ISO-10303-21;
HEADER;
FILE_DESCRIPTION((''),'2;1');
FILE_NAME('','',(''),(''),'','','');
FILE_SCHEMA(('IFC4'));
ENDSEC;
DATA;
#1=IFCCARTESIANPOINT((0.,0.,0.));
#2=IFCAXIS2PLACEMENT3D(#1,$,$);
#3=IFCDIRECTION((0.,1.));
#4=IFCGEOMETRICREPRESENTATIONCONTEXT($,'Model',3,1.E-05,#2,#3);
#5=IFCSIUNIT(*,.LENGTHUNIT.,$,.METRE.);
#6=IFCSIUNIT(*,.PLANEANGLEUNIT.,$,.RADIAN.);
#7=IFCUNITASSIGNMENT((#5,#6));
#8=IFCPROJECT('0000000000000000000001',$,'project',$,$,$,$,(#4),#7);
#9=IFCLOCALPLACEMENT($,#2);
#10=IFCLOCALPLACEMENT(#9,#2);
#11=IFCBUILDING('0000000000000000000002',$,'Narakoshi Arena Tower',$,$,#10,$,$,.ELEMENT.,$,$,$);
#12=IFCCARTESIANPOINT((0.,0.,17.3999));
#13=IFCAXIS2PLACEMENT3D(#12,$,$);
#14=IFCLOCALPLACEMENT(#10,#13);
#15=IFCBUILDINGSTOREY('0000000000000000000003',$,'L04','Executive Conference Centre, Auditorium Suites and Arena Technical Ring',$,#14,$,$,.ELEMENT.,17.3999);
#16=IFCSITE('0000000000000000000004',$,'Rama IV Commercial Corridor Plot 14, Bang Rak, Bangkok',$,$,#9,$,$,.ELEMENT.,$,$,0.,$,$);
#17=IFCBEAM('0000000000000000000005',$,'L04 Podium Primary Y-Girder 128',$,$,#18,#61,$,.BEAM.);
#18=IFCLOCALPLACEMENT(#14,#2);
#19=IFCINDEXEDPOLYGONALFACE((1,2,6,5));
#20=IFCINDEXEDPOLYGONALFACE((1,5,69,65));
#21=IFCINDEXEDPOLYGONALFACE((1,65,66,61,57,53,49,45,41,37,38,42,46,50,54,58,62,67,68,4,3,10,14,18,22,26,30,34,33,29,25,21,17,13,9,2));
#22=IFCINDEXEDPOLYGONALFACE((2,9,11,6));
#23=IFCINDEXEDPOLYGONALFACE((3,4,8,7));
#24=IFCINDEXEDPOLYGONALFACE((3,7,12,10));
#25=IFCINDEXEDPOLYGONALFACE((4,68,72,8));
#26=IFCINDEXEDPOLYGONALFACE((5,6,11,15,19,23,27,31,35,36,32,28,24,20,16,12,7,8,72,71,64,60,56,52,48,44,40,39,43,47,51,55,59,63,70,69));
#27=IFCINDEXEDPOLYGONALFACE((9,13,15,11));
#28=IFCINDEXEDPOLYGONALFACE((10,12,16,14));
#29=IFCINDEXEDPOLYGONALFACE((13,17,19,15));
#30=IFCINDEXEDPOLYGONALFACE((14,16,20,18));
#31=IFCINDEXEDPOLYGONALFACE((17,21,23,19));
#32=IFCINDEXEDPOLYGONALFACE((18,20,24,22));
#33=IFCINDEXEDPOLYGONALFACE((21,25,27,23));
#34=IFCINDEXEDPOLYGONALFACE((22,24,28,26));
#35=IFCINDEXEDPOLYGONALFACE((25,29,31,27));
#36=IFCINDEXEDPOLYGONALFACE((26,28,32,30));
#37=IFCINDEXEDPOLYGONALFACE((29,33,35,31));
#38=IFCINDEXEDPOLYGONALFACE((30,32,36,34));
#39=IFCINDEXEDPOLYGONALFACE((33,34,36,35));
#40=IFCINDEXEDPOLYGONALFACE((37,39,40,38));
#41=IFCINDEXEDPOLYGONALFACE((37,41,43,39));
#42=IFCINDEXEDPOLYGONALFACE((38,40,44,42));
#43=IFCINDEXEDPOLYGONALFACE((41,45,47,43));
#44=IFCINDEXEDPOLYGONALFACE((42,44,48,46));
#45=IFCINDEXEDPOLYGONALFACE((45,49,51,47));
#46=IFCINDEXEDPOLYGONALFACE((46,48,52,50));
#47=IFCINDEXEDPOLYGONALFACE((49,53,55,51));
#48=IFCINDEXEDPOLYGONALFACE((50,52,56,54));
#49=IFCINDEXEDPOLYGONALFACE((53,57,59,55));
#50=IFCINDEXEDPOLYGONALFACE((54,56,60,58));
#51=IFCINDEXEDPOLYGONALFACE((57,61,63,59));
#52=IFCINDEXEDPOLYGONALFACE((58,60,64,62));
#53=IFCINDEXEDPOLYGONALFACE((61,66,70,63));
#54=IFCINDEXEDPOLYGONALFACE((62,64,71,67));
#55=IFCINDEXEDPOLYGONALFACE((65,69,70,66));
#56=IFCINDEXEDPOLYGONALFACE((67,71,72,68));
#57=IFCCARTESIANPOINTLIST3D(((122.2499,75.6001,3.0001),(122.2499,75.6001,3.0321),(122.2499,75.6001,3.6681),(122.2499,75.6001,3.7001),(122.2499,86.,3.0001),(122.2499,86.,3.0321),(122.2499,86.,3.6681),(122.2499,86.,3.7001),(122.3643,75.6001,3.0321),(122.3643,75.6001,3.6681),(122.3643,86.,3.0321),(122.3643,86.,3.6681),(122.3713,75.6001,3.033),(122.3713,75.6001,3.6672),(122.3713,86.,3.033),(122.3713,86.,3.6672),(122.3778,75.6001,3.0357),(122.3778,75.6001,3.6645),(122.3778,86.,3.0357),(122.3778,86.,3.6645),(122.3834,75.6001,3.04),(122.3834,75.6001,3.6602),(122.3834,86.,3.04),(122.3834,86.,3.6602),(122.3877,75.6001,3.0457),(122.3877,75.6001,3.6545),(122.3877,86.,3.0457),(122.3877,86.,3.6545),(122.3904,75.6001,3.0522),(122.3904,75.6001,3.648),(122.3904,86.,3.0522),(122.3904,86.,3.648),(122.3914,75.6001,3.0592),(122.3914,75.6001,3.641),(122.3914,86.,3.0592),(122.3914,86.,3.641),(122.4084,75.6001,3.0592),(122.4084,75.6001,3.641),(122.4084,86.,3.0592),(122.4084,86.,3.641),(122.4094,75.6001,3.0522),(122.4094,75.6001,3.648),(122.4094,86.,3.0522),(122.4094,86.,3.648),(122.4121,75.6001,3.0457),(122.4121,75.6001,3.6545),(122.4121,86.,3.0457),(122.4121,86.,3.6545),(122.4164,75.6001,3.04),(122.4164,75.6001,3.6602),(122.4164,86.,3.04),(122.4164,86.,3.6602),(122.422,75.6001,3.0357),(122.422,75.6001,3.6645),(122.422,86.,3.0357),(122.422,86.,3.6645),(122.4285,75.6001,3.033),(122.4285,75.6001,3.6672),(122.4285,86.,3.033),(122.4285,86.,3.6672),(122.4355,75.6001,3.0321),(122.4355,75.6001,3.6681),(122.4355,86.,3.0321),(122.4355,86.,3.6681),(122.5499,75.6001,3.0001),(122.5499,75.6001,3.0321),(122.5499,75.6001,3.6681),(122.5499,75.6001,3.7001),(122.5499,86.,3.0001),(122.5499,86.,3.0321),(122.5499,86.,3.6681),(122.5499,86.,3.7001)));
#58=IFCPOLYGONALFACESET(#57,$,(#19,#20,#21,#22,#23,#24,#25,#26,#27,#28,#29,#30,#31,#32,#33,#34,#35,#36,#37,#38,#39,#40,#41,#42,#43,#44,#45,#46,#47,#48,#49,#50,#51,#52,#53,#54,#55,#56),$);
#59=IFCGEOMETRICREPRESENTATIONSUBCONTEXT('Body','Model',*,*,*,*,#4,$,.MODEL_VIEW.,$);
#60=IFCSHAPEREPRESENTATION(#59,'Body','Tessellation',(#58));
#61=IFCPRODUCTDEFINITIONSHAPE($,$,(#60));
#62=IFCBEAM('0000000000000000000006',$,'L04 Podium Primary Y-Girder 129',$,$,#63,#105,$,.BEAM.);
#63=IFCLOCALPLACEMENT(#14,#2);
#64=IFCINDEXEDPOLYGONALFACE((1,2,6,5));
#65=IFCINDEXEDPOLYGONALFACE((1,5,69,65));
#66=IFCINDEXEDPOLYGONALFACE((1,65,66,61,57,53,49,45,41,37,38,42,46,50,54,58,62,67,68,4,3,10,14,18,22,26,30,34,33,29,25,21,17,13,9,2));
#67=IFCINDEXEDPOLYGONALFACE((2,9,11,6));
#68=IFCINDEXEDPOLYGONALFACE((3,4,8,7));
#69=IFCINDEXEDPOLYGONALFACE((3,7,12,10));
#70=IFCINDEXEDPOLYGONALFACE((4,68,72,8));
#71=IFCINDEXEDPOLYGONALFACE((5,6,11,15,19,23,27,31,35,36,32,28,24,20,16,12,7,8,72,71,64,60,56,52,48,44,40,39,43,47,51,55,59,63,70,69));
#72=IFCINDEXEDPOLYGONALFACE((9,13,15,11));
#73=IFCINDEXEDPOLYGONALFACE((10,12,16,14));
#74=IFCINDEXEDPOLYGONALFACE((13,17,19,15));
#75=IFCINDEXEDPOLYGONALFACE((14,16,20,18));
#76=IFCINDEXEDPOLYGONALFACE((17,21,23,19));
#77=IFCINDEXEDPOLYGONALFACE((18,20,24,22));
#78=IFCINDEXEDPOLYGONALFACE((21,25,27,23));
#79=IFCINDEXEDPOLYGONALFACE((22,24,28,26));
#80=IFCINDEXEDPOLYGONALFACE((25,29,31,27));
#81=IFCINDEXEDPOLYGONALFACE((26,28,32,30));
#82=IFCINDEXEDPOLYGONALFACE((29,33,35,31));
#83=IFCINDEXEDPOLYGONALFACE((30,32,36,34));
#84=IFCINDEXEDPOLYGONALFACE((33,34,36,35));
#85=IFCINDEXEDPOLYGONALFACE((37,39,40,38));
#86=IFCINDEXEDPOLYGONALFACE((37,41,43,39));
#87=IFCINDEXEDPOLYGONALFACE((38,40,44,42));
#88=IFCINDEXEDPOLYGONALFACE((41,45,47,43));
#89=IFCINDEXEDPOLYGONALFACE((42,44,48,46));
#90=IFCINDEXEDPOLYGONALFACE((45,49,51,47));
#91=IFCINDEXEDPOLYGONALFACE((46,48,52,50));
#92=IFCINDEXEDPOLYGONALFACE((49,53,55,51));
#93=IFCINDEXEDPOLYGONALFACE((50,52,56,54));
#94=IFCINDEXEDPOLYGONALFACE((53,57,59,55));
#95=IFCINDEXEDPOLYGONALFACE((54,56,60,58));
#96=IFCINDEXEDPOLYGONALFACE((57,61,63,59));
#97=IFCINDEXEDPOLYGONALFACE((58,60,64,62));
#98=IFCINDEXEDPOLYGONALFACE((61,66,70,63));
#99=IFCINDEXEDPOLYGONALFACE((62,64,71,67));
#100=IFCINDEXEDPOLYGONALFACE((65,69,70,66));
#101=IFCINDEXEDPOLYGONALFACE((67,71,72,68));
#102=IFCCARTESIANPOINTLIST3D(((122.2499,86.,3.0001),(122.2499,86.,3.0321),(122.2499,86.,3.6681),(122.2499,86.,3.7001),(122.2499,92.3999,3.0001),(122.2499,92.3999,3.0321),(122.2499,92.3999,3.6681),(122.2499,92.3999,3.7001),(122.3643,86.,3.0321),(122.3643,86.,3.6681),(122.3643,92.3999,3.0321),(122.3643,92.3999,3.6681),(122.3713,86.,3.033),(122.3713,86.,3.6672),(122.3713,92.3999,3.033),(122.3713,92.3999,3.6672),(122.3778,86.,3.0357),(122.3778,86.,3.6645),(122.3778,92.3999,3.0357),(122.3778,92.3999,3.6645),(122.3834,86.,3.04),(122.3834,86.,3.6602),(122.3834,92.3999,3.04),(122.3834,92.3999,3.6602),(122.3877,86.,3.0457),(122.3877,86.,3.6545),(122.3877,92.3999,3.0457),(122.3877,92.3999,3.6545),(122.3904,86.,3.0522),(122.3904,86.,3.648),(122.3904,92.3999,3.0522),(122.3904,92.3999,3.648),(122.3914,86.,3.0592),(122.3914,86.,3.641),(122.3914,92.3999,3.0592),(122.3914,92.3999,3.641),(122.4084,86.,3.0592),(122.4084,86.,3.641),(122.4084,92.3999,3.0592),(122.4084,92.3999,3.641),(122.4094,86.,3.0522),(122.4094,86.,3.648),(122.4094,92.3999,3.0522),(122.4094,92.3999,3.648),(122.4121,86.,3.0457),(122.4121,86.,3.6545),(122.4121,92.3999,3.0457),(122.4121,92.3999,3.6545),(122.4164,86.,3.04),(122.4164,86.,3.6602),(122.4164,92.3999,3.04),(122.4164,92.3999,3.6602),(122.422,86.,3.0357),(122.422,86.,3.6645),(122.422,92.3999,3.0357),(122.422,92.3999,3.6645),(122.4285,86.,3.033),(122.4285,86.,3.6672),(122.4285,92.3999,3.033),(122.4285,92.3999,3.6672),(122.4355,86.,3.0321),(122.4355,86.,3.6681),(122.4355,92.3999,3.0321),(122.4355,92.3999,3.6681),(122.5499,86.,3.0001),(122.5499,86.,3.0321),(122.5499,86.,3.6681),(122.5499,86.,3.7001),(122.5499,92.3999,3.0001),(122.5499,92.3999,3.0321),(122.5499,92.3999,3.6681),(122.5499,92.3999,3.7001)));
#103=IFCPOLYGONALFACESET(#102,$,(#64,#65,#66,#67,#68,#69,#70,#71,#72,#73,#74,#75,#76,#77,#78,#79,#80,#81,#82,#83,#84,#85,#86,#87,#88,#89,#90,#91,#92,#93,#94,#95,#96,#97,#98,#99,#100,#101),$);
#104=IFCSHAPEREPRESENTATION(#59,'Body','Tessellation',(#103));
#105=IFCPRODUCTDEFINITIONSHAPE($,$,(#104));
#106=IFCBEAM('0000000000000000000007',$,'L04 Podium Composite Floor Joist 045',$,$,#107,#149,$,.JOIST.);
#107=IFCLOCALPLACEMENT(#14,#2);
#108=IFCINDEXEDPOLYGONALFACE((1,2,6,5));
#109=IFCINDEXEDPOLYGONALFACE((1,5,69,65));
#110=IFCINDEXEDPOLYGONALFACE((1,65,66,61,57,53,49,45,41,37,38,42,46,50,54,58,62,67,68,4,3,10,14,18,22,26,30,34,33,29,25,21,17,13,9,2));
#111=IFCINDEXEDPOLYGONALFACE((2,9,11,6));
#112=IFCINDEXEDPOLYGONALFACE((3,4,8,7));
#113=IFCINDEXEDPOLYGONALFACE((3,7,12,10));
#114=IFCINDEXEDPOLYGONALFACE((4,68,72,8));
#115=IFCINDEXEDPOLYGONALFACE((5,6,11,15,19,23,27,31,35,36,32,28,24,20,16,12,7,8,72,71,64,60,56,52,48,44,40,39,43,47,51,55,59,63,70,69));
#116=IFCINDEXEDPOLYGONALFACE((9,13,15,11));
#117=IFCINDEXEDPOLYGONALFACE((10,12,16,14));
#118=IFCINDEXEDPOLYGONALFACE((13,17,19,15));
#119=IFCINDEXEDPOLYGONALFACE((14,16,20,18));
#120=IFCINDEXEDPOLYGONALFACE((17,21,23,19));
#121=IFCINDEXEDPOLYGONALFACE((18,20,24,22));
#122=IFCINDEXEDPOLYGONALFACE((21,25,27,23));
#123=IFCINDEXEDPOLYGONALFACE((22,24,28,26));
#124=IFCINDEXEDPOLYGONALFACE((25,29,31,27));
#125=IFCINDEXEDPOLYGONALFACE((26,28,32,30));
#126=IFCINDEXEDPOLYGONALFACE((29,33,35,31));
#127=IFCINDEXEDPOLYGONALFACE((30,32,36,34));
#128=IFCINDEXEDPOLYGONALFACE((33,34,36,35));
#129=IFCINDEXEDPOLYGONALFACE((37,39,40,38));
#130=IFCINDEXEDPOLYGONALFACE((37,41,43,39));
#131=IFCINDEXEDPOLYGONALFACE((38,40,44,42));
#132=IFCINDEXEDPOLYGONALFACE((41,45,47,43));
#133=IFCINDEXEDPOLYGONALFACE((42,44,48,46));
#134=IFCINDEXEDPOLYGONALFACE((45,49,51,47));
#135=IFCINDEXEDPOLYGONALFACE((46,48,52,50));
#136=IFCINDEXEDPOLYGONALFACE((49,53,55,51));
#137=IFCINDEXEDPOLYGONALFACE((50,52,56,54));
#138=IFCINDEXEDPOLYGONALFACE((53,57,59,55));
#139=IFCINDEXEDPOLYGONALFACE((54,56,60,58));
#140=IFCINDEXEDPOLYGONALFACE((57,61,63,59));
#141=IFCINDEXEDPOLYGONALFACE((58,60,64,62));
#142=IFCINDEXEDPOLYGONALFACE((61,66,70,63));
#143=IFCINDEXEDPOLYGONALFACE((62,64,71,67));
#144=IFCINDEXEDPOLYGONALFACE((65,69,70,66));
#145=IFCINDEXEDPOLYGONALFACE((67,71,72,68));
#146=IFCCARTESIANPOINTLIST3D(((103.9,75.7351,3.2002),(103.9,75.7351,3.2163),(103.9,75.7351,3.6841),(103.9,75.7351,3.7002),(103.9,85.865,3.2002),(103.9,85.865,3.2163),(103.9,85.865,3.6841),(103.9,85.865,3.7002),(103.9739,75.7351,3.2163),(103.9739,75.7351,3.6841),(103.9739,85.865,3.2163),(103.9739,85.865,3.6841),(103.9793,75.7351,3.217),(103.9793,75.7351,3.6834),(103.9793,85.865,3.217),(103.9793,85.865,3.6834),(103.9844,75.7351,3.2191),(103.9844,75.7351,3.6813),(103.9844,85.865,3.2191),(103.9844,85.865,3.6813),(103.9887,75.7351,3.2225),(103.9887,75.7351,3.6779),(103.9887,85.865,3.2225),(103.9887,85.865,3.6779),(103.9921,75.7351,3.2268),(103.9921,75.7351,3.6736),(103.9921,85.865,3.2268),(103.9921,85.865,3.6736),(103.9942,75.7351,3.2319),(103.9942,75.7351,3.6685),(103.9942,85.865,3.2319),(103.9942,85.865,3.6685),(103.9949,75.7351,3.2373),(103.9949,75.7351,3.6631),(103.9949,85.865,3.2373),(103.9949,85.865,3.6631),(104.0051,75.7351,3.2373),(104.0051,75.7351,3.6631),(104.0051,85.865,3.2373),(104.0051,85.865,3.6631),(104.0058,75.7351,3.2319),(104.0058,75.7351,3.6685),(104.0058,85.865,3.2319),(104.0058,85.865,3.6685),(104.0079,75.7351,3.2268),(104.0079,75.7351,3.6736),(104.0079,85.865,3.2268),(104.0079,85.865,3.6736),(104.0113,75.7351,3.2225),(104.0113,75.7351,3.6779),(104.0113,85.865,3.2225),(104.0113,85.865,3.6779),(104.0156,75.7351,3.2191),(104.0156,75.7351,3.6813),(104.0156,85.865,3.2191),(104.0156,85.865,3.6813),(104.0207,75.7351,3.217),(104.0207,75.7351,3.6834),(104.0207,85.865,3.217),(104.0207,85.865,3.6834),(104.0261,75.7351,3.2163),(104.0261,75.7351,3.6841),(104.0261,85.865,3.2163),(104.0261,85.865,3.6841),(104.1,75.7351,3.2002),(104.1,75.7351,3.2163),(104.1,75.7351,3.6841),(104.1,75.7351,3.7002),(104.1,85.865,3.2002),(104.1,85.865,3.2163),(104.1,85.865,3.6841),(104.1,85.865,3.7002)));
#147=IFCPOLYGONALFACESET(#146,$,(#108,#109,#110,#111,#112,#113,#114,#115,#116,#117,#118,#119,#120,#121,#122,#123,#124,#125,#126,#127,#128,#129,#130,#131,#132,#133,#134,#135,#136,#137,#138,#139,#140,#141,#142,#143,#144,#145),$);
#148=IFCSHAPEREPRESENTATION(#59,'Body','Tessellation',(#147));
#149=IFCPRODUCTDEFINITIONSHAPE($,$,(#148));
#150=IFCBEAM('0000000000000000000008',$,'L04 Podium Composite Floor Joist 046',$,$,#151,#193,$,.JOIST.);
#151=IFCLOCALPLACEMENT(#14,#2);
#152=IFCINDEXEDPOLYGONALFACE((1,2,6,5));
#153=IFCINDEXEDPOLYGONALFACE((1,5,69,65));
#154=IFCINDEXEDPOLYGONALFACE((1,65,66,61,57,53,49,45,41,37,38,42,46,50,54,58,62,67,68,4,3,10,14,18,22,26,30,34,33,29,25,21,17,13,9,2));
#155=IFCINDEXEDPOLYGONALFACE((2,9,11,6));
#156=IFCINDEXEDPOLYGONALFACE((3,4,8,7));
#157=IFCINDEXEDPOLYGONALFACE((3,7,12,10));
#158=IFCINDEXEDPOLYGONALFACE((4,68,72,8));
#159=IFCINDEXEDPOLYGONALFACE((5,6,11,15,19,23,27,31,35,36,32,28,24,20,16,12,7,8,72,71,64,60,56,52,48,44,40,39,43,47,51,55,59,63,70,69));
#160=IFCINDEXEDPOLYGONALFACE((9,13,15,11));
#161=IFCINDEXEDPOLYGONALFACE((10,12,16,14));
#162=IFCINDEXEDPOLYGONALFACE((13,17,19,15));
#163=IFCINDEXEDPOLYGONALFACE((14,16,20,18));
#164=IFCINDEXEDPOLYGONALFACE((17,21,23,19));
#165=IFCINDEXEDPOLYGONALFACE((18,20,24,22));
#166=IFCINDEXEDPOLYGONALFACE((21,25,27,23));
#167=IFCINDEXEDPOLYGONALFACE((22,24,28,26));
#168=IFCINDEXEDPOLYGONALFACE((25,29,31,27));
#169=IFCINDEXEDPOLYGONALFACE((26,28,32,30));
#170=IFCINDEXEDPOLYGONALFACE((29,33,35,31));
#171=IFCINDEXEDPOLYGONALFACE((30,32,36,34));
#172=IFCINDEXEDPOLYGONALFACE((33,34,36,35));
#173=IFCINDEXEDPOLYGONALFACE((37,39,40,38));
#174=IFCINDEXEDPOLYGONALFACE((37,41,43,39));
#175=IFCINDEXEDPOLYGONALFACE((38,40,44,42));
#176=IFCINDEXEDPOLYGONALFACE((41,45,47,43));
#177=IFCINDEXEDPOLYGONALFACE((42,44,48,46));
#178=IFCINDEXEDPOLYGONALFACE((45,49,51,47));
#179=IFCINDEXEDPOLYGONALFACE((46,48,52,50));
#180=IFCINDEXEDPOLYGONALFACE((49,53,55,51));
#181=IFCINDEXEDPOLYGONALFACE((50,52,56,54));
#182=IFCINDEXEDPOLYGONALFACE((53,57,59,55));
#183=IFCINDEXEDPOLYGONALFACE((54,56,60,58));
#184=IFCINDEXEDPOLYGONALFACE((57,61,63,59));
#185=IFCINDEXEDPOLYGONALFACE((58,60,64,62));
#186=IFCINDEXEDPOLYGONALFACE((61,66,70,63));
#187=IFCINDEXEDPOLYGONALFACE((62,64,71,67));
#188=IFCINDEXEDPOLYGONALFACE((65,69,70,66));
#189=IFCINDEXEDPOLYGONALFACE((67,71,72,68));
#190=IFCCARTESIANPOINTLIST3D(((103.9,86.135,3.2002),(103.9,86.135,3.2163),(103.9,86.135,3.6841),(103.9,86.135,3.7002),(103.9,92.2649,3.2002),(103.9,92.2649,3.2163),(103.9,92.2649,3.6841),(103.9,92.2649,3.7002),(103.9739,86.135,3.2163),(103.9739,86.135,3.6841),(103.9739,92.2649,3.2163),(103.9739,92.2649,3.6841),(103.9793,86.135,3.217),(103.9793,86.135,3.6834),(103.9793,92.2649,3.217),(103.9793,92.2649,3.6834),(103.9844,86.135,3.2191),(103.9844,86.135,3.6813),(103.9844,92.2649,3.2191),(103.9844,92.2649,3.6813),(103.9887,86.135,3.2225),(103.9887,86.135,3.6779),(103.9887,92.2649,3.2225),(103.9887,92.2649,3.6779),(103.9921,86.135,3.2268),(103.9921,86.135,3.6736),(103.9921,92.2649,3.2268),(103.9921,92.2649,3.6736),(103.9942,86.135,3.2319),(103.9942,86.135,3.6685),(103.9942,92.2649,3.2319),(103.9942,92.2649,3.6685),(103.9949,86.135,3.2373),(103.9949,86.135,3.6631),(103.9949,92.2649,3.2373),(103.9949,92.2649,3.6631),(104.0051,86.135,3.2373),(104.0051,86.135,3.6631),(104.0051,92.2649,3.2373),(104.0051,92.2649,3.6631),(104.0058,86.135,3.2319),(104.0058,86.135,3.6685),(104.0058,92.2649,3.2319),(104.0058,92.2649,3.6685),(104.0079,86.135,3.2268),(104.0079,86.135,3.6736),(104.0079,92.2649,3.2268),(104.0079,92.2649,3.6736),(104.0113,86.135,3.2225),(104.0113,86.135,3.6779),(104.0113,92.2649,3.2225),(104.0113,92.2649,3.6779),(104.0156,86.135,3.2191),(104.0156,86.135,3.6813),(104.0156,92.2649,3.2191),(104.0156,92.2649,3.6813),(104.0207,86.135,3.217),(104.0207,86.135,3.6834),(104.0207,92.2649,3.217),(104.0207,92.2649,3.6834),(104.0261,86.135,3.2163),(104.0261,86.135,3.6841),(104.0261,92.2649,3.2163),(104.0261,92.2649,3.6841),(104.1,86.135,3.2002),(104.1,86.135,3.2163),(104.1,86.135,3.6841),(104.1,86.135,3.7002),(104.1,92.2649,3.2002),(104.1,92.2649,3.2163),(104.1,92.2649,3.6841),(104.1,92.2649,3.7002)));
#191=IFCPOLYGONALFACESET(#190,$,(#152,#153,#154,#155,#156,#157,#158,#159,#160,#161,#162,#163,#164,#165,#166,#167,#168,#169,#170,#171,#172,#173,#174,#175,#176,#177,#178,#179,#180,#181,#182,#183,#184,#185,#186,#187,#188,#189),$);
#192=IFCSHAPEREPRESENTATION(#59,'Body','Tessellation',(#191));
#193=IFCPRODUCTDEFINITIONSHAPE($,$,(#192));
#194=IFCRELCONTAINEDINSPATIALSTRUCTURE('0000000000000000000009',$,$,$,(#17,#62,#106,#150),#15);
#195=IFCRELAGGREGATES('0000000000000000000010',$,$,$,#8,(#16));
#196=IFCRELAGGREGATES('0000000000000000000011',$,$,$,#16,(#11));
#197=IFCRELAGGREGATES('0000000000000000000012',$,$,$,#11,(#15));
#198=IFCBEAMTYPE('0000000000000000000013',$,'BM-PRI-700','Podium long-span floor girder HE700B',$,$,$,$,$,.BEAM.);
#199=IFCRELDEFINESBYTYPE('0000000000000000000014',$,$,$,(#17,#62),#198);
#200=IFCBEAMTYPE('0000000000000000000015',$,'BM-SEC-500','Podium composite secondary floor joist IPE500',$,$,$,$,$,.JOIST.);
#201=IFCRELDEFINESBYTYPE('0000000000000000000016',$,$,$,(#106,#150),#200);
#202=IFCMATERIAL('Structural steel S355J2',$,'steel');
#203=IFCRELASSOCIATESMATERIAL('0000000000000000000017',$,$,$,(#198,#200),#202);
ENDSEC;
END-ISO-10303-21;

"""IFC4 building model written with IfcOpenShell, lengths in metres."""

from ifc_helpers import new_model, si_unit, direction, frame, origin, origin_2d, place, context, subcontext, project, spatial, i_section, extrude, material, material_profile, profile_set, type_object, element, save


model = new_model("IFC4")

# Units and contexts
model_context = context("Model", 3, precision=1e-05, world=origin(), true_north=direction((0.0, 1.0)))
body_context = subcontext(model_context, "Body", "Model", "MODEL_VIEW")
ifc_project = project(units=[si_unit("LENGTHUNIT", "METRE"), si_unit("PLANEANGLEUNIT", "RADIAN")], contexts=[model_context])

# Site, building, storey
site_placement = place(None, origin())
site = spatial("IfcSite", under=ifc_project, at=site_placement, Name="Rama IV Commercial Corridor Plot 14, Bang Rak, Bangkok", CompositionType="ELEMENT", RefElevation=0.0)
building_placement = place(site_placement, origin())
building = spatial("IfcBuilding", under=site, at=building_placement, Name="Narakoshi Arena Tower", CompositionType="ELEMENT")
storey_placement = place(building_placement, frame((0.0, 0.0, 17.3999)))
storey = spatial("IfcBuildingStorey", under=building, at=storey_placement, Name="L04", Description="Executive Conference Centre, Auditorium Suites and Arena Technical Ring", CompositionType="ELEMENT", Elevation=17.3999)

# Beams
ifc_material_1 = material(Name="Structural steel S355J2", Category="steel")
ifc_material_profile_1 = material_profile(ifc_material_1, i_section(OverallWidth=0.3, OverallDepth=0.7, WebThickness=0.0171, FlangeThickness=0.032, FilletRadius=0.0271, at=origin_2d()), Name="HE700B")
ifc_profile_set_1 = profile_set([ifc_material_profile_1], Name="Structural steel S355J2")
beam_type_1 = type_object("IfcBeamType", Name="BM-PRI-700", Description="Podium long-span floor girder HE700B", PredefinedType="BEAM", material=ifc_profile_set_1)
beam_1_placement = place(storey_placement, frame((122.3999, 75.6001, 3.3501), z_axis=(0.0, 1.0, 0.0), x_axis=(-1.0, 0.0, 0.0)))
element("IfcBeam", 1, at=beam_1_placement, inside=storey, type_object=beam_type_1, Name="L04 Podium Primary Y-Girder 128", PredefinedType="BEAM", context=body_context, shape_type="SweptSolid", body=[
    extrude(i_section(OverallWidth=0.3, OverallDepth=0.7, WebThickness=0.0171, FlangeThickness=0.032, FilletRadius=0.0271, at=origin_2d()), origin(), (0.0, 0.0, 1.0), 10.3999),
])
beam_2_placement = place(storey_placement, frame((122.3999, 86.0, 3.3501), z_axis=(0.0, 1.0, 0.0), x_axis=(-1.0, 0.0, 0.0)))
element("IfcBeam", 2, at=beam_2_placement, inside=storey, type_object=beam_type_1, Name="L04 Podium Primary Y-Girder 129", PredefinedType="BEAM", context=body_context, shape_type="SweptSolid", body=[
    extrude(i_section(OverallWidth=0.3, OverallDepth=0.7, WebThickness=0.0171, FlangeThickness=0.032, FilletRadius=0.0271, at=origin_2d()), origin(), (0.0, 0.0, 1.0), 6.3999),
])
ifc_material_profile_2 = material_profile(ifc_material_1, i_section(OverallWidth=0.2, OverallDepth=0.5, WebThickness=0.0103, FlangeThickness=0.0161, FilletRadius=0.021, at=origin_2d()), Name="IPE500")
ifc_profile_set_2 = profile_set([ifc_material_profile_2], Name="Structural steel S355J2")
beam_type_2 = type_object("IfcBeamType", Name="BM-SEC-500", Description="Podium composite secondary floor joist IPE500", PredefinedType="JOIST", material=ifc_profile_set_2)
beam_3_placement = place(storey_placement, frame((104.0, 75.7351, 3.4502), z_axis=(0.0, 1.0, 0.0), x_axis=(-1.0, 0.0, 0.0)))
element("IfcBeam", 3, at=beam_3_placement, inside=storey, type_object=beam_type_2, Name="L04 Podium Composite Floor Joist 045", PredefinedType="JOIST", context=body_context, shape_type="SweptSolid", body=[
    extrude(i_section(OverallWidth=0.2, OverallDepth=0.5, WebThickness=0.0103, FlangeThickness=0.0161, FilletRadius=0.021, at=origin_2d()), origin(), (0.0, 0.0, 1.0), 10.1299),
])
beam_4_placement = place(storey_placement, frame((104.0, 86.135, 3.4502), z_axis=(0.0, 1.0, 0.0), x_axis=(-1.0, 0.0, 0.0)))
element("IfcBeam", 4, at=beam_4_placement, inside=storey, type_object=beam_type_2, Name="L04 Podium Composite Floor Joist 046", PredefinedType="JOIST", context=body_context, shape_type="SweptSolid", body=[
    extrude(i_section(OverallWidth=0.2, OverallDepth=0.5, WebThickness=0.0103, FlangeThickness=0.0161, FilletRadius=0.021, at=origin_2d()), origin(), (0.0, 0.0, 1.0), 6.1299),
])

save(model, "model.ifc")
